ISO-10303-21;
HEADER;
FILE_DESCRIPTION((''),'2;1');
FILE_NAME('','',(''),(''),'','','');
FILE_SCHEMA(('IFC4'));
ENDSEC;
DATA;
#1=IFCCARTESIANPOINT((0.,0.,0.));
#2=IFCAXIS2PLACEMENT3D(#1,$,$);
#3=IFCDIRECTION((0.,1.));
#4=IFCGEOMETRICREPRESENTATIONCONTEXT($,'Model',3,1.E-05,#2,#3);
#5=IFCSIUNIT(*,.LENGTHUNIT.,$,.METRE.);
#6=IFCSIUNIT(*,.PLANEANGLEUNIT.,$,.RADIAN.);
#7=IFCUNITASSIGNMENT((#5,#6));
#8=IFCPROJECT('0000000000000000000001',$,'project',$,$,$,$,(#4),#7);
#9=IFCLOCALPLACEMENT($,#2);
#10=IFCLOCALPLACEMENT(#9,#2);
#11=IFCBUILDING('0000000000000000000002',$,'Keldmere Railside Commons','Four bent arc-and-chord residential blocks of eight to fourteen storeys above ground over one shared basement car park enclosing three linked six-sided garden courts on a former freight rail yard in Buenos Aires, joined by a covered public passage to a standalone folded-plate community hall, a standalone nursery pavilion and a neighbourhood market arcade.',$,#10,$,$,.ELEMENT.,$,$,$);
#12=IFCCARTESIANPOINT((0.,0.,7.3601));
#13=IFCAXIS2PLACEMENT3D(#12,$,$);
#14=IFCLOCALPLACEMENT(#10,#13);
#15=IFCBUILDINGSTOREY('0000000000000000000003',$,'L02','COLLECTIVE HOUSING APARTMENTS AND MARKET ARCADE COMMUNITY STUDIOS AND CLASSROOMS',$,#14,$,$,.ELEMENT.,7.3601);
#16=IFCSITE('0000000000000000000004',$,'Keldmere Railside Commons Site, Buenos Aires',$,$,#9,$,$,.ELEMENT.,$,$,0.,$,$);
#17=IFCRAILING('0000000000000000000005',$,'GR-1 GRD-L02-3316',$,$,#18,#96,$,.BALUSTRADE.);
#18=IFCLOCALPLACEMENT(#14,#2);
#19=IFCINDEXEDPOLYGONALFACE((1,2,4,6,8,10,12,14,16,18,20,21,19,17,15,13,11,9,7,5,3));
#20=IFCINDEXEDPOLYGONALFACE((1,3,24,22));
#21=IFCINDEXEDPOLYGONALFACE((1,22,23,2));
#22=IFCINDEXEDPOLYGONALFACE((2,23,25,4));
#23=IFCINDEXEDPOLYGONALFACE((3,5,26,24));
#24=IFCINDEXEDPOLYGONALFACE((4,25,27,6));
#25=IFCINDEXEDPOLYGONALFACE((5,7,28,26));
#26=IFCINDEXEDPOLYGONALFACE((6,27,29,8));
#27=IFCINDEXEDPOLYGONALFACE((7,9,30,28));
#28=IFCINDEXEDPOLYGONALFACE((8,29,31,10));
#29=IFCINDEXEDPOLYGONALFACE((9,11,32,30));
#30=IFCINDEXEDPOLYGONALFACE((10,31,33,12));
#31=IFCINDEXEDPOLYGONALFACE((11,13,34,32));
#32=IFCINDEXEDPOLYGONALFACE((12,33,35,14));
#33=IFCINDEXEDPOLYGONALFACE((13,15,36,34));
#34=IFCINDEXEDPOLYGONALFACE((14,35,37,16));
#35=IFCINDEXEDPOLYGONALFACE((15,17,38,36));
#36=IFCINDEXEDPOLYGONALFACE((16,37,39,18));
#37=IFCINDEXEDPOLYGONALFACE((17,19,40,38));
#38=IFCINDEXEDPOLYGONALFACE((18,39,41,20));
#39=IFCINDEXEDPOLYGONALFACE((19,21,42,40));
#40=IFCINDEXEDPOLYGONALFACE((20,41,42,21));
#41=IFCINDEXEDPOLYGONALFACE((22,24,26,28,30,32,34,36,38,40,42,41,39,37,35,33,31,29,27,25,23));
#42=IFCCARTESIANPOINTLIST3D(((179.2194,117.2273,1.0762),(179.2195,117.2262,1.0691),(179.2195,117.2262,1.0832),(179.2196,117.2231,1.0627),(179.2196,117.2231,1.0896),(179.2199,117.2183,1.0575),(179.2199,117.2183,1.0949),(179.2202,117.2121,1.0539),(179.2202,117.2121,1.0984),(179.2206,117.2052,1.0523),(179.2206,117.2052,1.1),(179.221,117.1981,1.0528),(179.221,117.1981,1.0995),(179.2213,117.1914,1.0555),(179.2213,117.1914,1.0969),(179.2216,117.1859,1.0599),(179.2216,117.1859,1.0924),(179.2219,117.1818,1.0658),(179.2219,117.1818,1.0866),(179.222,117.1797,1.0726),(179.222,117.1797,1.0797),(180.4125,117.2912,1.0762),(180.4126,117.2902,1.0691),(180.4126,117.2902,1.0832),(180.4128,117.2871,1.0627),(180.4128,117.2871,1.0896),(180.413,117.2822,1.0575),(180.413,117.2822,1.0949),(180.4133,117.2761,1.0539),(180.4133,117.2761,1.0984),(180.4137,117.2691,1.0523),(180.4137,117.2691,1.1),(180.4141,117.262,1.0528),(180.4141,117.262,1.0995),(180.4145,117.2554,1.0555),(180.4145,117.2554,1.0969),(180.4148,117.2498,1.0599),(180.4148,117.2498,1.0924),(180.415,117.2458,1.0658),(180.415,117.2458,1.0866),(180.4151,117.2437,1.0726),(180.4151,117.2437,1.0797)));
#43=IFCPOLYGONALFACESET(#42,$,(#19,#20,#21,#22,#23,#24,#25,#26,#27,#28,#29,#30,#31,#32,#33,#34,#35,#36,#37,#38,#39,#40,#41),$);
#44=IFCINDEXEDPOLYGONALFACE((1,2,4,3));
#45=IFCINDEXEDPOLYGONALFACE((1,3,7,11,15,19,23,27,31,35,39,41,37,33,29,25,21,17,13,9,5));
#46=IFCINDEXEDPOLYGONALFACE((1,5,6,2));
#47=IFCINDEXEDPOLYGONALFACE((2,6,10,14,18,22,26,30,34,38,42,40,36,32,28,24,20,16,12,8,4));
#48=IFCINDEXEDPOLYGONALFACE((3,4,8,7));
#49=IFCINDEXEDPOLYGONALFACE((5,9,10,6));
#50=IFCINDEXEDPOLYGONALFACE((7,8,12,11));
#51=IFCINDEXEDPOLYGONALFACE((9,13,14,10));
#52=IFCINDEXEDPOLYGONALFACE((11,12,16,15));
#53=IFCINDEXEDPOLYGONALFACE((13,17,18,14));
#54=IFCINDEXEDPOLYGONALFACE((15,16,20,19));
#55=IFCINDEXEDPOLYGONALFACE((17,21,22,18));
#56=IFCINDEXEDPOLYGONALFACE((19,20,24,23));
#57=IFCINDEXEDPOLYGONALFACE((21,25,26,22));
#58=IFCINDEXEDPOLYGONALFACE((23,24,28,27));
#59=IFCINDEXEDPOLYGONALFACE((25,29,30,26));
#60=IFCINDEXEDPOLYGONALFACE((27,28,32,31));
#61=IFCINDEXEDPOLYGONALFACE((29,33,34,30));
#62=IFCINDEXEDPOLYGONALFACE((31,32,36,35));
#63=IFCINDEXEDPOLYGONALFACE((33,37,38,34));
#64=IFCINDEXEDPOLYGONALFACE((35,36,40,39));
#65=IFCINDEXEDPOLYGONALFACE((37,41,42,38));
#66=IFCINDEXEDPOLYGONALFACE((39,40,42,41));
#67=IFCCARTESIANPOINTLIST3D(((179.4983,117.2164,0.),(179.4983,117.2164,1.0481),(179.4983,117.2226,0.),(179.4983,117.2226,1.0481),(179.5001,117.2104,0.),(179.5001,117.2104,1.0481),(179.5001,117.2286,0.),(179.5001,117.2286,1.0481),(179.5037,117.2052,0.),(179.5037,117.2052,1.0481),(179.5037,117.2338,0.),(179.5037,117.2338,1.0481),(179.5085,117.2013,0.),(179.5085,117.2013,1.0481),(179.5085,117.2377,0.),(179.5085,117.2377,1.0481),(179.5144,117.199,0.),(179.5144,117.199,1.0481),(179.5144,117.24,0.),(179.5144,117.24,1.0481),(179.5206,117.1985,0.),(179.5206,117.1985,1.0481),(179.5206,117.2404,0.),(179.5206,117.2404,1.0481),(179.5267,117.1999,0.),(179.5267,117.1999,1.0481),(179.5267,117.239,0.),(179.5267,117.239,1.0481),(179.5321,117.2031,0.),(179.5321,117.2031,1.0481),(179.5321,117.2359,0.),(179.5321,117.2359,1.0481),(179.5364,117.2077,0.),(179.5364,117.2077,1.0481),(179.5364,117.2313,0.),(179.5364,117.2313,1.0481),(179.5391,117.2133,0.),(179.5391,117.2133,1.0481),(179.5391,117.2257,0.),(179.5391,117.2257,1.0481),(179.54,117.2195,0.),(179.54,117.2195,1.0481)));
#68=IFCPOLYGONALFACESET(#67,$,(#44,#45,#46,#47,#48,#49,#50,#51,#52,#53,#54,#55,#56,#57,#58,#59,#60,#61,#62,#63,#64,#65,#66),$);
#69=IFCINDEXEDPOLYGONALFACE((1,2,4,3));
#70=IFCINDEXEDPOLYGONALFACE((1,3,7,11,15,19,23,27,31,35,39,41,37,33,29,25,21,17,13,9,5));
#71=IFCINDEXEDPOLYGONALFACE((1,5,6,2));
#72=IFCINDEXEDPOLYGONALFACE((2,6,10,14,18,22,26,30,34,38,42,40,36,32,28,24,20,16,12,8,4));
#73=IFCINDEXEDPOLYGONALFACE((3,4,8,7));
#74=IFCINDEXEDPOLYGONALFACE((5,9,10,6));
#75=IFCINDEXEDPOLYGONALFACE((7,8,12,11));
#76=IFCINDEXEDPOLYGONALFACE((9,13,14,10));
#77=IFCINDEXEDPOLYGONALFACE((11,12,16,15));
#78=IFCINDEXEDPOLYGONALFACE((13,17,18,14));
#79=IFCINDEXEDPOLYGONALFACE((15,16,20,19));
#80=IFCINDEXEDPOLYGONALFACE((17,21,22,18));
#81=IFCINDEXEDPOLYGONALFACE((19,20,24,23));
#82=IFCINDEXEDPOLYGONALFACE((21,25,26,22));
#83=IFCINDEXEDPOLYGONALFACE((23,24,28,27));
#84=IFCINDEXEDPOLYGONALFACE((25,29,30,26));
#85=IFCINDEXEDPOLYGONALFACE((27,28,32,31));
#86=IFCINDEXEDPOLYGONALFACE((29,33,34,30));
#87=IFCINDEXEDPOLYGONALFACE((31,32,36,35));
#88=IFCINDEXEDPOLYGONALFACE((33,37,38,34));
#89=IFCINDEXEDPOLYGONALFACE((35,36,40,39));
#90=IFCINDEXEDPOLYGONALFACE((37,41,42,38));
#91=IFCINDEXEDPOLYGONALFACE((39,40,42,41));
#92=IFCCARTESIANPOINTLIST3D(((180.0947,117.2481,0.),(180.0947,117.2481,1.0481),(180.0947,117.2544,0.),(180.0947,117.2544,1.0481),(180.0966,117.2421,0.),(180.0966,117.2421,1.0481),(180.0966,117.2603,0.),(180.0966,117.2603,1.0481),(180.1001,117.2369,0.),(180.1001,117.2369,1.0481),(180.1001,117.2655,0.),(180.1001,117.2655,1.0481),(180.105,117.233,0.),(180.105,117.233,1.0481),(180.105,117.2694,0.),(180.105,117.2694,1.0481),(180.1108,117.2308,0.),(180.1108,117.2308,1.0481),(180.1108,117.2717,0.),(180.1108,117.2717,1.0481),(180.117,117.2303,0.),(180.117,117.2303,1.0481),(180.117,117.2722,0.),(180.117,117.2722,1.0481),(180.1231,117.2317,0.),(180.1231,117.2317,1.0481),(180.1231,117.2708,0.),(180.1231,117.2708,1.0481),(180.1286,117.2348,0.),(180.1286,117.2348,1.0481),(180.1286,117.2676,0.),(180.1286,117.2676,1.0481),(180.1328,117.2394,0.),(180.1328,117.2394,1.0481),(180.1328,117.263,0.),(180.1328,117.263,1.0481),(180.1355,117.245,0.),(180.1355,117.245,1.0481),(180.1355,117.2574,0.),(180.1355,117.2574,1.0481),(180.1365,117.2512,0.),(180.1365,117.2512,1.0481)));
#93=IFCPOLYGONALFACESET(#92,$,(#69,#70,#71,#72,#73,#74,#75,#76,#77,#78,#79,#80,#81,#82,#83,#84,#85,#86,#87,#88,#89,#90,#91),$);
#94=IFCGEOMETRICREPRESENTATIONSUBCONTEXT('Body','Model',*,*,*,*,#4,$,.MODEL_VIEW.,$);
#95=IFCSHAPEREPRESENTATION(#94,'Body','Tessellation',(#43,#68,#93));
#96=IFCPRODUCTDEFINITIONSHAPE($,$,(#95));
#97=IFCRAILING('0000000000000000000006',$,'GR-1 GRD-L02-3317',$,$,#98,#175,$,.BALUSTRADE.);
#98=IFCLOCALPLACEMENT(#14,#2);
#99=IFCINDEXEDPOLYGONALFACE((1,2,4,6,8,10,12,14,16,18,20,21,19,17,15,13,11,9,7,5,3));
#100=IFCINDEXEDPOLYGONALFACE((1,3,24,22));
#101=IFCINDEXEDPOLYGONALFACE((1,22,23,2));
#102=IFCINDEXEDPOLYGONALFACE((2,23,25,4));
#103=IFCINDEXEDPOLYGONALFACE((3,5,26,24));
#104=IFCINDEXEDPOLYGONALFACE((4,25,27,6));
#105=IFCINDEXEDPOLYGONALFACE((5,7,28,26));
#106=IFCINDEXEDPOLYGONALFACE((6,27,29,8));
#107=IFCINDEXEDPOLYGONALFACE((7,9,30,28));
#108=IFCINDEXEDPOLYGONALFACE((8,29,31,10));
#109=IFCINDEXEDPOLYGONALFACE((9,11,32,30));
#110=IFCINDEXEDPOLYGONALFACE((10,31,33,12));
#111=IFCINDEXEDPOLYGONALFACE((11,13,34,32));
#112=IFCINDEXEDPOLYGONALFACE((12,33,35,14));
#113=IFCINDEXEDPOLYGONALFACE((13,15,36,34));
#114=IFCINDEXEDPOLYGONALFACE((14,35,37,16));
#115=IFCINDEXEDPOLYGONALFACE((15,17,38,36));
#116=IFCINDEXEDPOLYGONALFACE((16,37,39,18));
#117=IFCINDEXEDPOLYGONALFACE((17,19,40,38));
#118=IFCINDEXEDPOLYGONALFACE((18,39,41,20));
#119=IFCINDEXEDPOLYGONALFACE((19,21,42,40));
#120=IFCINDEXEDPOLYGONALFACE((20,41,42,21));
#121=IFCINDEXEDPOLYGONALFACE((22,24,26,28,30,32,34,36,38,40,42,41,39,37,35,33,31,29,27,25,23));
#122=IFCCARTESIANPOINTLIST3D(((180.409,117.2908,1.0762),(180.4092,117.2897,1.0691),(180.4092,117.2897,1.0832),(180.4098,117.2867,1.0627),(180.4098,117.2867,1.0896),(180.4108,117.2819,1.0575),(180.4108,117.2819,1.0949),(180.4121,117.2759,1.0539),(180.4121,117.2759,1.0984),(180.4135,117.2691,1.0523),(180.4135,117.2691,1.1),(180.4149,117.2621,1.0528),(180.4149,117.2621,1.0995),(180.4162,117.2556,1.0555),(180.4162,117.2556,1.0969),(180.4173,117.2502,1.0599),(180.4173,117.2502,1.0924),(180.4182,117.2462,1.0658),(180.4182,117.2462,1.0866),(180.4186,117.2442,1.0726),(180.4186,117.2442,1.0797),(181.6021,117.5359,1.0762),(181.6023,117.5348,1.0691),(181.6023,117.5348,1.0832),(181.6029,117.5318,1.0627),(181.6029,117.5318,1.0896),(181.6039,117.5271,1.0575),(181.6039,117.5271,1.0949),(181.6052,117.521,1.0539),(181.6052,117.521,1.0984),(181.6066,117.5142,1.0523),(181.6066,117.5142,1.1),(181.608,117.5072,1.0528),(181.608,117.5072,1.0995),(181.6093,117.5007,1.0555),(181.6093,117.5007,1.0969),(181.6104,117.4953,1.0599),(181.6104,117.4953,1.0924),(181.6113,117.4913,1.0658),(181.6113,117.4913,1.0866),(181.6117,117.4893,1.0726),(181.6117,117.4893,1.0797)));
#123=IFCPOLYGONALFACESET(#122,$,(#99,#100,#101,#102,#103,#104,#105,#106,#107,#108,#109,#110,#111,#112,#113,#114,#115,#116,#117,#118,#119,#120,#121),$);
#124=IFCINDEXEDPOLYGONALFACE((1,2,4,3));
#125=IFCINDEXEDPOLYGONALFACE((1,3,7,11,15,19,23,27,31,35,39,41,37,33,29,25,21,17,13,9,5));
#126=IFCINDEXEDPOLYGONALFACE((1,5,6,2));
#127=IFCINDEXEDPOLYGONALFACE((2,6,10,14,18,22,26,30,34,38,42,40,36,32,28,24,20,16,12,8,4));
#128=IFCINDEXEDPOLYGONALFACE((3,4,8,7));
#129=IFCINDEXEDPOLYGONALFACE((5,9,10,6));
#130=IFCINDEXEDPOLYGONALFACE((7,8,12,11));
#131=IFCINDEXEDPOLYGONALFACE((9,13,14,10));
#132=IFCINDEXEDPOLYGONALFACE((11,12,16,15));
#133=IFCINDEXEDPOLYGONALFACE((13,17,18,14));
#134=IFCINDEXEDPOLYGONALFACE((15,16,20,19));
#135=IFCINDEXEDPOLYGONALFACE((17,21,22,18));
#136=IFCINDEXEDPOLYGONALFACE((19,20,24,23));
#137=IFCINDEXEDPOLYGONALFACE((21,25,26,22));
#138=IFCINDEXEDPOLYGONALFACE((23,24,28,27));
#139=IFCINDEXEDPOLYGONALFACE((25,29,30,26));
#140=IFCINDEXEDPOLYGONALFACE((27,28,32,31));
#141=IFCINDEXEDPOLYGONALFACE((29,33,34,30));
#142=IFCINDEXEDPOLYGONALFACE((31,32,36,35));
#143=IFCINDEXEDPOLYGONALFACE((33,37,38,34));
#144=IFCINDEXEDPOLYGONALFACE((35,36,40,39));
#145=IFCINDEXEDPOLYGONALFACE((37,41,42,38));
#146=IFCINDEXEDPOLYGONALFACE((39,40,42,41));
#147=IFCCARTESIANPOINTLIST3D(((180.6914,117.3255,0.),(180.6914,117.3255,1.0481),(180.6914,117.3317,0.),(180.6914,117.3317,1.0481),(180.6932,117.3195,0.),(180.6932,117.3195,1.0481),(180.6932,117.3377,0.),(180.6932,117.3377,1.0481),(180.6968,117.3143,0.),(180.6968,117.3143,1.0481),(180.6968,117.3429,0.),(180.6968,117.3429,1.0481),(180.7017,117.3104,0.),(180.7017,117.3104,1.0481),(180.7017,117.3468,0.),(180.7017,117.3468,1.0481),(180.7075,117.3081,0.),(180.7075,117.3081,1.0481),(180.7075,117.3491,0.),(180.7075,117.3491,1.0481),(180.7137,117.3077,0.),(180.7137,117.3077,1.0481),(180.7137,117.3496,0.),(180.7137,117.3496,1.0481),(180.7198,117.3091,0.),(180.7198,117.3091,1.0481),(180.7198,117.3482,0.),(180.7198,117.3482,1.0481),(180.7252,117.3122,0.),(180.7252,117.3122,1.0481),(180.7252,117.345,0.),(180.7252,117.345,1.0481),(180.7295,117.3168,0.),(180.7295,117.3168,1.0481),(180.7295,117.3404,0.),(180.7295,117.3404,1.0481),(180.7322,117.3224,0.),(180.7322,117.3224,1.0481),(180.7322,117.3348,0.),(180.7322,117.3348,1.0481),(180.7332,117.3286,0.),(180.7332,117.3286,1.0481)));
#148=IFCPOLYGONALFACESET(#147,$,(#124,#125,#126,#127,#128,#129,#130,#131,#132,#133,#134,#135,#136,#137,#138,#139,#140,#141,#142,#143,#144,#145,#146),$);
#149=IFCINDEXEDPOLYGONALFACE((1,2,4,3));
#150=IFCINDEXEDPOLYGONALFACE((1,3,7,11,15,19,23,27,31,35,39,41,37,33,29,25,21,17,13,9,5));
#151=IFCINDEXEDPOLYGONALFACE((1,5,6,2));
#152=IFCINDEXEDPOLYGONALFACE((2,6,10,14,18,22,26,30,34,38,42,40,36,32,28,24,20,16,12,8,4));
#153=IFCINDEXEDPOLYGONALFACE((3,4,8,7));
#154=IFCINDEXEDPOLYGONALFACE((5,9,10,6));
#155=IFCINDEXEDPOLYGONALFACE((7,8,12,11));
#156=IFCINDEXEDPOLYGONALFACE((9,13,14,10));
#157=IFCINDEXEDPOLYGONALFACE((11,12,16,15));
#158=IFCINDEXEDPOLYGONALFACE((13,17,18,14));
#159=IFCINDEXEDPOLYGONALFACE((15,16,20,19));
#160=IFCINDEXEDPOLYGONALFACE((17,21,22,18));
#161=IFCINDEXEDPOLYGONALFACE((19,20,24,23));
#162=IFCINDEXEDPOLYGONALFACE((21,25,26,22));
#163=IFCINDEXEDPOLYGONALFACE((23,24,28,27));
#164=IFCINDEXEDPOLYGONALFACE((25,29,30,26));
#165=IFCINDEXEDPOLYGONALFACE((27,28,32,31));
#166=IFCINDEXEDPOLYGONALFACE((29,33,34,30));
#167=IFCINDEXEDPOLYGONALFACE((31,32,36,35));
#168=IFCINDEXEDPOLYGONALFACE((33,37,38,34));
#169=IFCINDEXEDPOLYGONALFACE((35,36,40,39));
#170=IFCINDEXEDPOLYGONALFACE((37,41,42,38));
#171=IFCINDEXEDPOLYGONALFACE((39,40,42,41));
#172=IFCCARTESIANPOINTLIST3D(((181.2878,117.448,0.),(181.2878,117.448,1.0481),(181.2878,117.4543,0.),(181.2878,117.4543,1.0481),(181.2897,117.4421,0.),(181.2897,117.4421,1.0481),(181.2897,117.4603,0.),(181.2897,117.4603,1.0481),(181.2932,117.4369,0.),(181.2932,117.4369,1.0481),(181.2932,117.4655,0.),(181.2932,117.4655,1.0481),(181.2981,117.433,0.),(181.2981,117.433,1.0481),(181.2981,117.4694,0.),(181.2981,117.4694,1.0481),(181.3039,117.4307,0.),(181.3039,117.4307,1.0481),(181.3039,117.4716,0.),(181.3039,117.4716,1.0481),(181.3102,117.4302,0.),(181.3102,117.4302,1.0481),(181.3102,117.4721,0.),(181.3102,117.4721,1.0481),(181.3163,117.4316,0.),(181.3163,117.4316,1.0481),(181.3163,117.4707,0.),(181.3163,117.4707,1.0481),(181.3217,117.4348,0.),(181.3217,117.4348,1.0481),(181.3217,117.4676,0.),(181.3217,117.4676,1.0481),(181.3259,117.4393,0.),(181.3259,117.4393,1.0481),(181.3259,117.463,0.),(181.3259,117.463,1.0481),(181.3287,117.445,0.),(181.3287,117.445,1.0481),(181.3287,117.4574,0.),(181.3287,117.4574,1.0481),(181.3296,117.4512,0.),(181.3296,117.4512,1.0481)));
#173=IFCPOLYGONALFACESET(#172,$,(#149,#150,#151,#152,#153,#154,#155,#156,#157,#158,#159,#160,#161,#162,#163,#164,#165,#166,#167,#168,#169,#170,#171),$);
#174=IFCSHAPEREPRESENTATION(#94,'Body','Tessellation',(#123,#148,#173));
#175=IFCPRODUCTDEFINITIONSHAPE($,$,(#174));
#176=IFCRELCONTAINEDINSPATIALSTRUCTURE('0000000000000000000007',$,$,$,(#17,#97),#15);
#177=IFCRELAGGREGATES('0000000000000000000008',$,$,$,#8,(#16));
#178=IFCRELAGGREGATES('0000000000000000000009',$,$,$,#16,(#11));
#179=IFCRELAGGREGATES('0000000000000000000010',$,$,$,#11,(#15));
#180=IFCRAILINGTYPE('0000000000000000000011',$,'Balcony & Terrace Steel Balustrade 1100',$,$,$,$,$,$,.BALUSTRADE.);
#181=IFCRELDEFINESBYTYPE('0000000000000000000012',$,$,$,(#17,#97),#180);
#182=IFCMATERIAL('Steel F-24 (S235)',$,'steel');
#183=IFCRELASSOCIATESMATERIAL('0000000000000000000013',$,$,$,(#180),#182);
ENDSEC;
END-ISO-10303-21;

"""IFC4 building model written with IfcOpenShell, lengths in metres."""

from ifc_helpers import new_model, si_unit, direction, frame, origin, origin_2d, place, context, subcontext, project, spatial, circle, extrude, material, type_object, element, save


model = new_model("IFC4")

# Units and contexts
model_context = context("Model", 3, precision=1e-05, world=origin(), true_north=direction((0.0, 1.0)))
body_context = subcontext(model_context, "Body", "Model", "MODEL_VIEW")
ifc_project = project(units=[si_unit("LENGTHUNIT", "METRE"), si_unit("PLANEANGLEUNIT", "RADIAN")], contexts=[model_context])

# Site, building, storey
site_placement = place(None, origin())
site = spatial("IfcSite", under=ifc_project, at=site_placement, Name="Keldmere Railside Commons Site, Buenos Aires", CompositionType="ELEMENT", RefElevation=0.0)
building_placement = place(site_placement, origin())
building = spatial("IfcBuilding", under=site, at=building_placement, Name="Keldmere Railside Commons", Description="Four bent arc-and-chord residential blocks of eight to fourteen storeys above ground over one shared basement car park enclosing three linked six-sided garden courts on a former freight rail yard in Buenos Aires, joined by a covered public passage to a standalone folded-plate community hall, a standalone nursery pavilion and a neighbourhood market arcade.", CompositionType="ELEMENT")
storey_placement = place(building_placement, frame((0.0, 0.0, 7.3601)))
storey = spatial("IfcBuildingStorey", under=building, at=storey_placement, Name="L02", Description="COLLECTIVE HOUSING APARTMENTS AND MARKET ARCADE COMMUNITY STUDIOS AND CLASSROOMS", CompositionType="ELEMENT", Elevation=7.3601)

# Railings
ifc_material_1 = material(Name="Steel F-24 (S235)", Category="steel")
railing_type = type_object("IfcRailingType", Name="Balcony & Terrace Steel Balustrade 1100", PredefinedType="BALUSTRADE", material=ifc_material_1)
railing_1_placement = place(storey_placement, frame((179.2207, 117.2034, 0.0)))
element("IfcRailing", 1, at=railing_1_placement, inside=storey, type_object=railing_type, Name="GR-1 GRD-L02-3316", PredefinedType="BALUSTRADE", context=body_context, shape_type="SweptSolid", body=[
    extrude(circle(Radius=0.0239, at=origin_2d()), frame((0.0, 0.0, 1.0762), z_axis=(0.998566, 0.053535, 0.0), x_axis=(-0.053535, 0.998566, 0.0)), (0.0, 0.0, 1.0), 1.1948),
    extrude(circle(Radius=0.021, at=origin_2d()), frame((0.2983, 0.0161, 0.0)), (0.0, 0.0, 1.0), 1.0481),
    extrude(circle(Radius=0.021, at=origin_2d()), frame((0.8948, 0.0479, 0.0)), (0.0, 0.0, 1.0), 1.0481),
])
railing_2_placement = place(storey_placement, frame((180.4138, 117.2673, 0.0)))
element("IfcRailing", 2, at=railing_2_placement, inside=storey, type_object=railing_type, Name="GR-1 GRD-L02-3317", PredefinedType="BALUSTRADE", context=body_context, shape_type="SweptSolid", body=[
    extrude(circle(Radius=0.0239, at=origin_2d()), frame((0.0, 0.0, 1.0762), z_axis=(0.979542, 0.20124, 0.0), x_axis=(-0.20124, 0.979542, 0.0)), (0.0, 0.0, 1.0), 1.218),
    extrude(circle(Radius=0.021, at=origin_2d()), frame((0.2983, 0.0613, 0.0)), (0.0, 0.0, 1.0), 1.0481),
    extrude(circle(Radius=0.021, at=origin_2d()), frame((0.8948, 0.1838, 0.0)), (0.0, 0.0, 1.0), 1.0481),
])

save(model, "model.ifc")
